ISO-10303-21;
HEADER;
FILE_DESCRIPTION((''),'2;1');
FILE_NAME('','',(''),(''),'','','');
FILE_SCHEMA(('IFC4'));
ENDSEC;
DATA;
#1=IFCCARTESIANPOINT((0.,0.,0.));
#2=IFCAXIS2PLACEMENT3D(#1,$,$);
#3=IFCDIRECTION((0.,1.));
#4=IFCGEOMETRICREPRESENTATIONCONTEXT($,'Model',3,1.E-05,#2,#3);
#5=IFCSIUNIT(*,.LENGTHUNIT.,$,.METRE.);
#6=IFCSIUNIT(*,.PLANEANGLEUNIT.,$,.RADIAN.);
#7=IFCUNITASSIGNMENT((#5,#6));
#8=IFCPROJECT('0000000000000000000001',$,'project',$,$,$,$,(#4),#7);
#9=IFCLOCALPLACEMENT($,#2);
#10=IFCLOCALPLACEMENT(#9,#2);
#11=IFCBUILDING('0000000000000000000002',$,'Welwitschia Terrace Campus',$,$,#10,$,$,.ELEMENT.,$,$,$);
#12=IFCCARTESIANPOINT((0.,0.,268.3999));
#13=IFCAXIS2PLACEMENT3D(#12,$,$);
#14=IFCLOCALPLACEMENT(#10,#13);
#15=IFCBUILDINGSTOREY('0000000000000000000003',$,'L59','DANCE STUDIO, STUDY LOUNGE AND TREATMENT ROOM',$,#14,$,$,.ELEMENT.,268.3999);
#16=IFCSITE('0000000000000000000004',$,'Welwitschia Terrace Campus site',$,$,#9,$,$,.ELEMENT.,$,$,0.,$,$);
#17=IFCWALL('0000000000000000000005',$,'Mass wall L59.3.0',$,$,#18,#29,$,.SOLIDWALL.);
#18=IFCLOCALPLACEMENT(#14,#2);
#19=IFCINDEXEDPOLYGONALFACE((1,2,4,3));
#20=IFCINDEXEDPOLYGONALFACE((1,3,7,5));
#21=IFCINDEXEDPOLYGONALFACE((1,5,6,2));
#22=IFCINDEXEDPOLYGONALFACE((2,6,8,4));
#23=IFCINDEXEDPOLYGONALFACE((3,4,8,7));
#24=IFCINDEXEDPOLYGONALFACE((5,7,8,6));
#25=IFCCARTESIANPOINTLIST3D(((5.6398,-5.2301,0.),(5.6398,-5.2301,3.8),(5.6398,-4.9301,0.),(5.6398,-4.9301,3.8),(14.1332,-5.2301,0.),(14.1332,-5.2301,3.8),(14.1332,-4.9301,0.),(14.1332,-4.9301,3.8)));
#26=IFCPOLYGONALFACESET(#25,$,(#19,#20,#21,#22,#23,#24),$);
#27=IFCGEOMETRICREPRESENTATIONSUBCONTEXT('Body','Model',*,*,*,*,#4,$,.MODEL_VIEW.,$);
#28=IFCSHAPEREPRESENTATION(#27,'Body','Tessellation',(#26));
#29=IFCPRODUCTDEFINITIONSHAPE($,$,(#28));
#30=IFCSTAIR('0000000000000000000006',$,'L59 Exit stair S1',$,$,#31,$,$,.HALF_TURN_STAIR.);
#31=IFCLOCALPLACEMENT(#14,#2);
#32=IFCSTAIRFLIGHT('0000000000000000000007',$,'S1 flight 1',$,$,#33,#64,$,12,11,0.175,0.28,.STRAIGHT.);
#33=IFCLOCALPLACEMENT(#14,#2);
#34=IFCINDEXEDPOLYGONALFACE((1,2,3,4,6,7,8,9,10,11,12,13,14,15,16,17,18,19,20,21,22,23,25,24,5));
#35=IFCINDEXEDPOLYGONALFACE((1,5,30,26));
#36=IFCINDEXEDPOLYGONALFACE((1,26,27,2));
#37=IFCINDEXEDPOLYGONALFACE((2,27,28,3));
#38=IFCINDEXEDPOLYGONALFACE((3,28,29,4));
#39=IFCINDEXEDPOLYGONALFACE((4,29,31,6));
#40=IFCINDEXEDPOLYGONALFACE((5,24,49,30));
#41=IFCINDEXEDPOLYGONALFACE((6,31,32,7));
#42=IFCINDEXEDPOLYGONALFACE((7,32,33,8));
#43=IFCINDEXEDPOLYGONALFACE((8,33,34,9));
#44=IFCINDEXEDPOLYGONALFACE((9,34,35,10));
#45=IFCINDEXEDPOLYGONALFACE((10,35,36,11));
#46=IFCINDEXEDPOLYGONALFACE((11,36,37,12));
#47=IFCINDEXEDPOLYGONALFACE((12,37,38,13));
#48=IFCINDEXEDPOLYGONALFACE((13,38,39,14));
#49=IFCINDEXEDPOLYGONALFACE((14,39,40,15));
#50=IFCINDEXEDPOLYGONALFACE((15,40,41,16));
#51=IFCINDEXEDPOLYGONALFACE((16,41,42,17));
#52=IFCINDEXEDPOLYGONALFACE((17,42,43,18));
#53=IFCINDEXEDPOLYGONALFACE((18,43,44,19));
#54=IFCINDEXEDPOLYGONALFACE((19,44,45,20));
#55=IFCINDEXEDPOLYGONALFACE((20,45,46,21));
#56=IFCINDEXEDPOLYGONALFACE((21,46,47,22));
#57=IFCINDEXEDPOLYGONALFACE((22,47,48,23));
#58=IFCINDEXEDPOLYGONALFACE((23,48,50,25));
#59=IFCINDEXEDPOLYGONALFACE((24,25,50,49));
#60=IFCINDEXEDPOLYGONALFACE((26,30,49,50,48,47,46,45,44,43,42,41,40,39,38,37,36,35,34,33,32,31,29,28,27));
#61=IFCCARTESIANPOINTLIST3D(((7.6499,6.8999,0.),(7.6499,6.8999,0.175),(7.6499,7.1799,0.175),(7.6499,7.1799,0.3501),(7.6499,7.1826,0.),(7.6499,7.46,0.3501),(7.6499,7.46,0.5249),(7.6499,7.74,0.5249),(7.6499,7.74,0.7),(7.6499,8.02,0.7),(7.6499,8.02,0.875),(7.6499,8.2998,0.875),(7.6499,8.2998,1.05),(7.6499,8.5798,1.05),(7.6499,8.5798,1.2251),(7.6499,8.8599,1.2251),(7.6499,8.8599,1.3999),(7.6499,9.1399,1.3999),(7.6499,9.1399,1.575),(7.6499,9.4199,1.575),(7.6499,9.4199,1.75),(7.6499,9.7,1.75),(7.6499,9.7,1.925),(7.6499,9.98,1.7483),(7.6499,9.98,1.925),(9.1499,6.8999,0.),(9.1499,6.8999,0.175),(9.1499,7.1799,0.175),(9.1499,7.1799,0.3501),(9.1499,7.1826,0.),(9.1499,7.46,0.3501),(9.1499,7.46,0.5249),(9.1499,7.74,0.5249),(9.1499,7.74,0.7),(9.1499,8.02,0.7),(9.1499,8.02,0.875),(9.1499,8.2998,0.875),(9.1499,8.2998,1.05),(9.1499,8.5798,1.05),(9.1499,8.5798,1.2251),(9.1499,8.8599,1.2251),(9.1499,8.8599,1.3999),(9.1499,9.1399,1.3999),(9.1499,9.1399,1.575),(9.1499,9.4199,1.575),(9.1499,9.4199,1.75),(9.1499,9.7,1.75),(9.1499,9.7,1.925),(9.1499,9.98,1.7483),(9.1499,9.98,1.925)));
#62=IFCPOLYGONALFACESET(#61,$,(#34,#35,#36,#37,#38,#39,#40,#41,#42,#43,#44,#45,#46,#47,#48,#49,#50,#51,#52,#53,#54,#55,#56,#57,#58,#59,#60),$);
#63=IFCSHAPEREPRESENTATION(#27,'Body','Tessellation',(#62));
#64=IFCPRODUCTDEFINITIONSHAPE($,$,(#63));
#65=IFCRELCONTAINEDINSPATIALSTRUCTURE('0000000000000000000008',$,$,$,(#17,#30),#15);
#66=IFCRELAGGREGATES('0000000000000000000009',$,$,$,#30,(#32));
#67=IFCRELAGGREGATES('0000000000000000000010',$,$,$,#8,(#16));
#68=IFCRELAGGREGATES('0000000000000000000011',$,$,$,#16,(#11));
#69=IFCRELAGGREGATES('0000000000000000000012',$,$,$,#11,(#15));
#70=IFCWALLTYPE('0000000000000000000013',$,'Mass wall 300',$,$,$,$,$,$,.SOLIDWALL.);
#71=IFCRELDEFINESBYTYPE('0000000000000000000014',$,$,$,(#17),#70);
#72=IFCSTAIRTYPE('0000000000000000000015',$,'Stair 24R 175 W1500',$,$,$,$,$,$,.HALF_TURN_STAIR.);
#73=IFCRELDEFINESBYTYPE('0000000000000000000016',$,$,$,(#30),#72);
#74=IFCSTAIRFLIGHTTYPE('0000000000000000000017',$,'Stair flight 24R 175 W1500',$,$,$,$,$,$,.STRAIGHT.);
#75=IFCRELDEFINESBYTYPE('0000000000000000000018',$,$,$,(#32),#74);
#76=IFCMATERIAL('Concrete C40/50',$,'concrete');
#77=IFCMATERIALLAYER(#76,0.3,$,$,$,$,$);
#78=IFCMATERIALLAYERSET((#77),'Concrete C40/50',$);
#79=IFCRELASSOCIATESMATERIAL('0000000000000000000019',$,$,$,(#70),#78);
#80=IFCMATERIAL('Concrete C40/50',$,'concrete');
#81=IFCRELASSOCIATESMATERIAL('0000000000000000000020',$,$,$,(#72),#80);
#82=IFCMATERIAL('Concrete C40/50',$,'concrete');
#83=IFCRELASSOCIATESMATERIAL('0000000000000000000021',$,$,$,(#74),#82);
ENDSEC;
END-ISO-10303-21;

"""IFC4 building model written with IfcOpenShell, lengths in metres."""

from ifc_helpers import new_model, si_unit, direction, frame, frame_2d, origin, place, context, subcontext, project, spatial, polyline, rectangle, outline, extrude, material, layer, layer_set, type_object, element, aggregate, save


model = new_model("IFC4")

# Units and contexts
model_context = context("Model", 3, precision=1e-05, world=origin(), true_north=direction((0.0, 1.0)))
body_context = subcontext(model_context, "Body", "Model", "MODEL_VIEW")
ifc_project = project(units=[si_unit("LENGTHUNIT", "METRE"), si_unit("PLANEANGLEUNIT", "RADIAN")], contexts=[model_context])

# Site, building, storey
site_placement = place(None, origin())
site = spatial("IfcSite", under=ifc_project, at=site_placement, Name="Welwitschia Terrace Campus site", CompositionType="ELEMENT", RefElevation=0.0)
building_placement = place(site_placement, origin())
building = spatial("IfcBuilding", under=site, at=building_placement, Name="Welwitschia Terrace Campus", CompositionType="ELEMENT")
storey_placement = place(building_placement, frame((0.0, 0.0, 268.3999)))
storey = spatial("IfcBuildingStorey", under=building, at=storey_placement, Name="L59", Description="DANCE STUDIO, STUDY LOUNGE AND TREATMENT ROOM", CompositionType="ELEMENT", Elevation=268.3999)

# Wall
ifc_material_1 = material(Name="Concrete C40/50", Category="concrete")
ifc_layer_1 = layer(ifc_material_1, 0.3)
ifc_layer_set_1 = layer_set([ifc_layer_1], Name="Concrete C40/50")
wall_type_1 = type_object("IfcWallType", Name="Mass wall 300", PredefinedType="SOLIDWALL", material=ifc_layer_set_1)
wall_1_placement = place(storey_placement, frame((5.6399, -5.0801, 0.0), z_axis=(0.0, 0.0, 1.0), x_axis=(1.0, 0.0, 0.0)))
element("IfcWall", 1, at=wall_1_placement, inside=storey, type_object=wall_type_1, Name="Mass wall L59.3.0", PredefinedType="SOLIDWALL", context=body_context, shape_type="SweptSolid", body=[
    extrude(rectangle(XDim=8.4934, YDim=0.3, at=frame_2d((4.2466, 0.0))), origin(), (0.0, 0.0, 1.0), 3.8),
])

# Stair, stair flight
ifc_material_2 = material(Name="Concrete C40/50", Category="concrete")
stair_type = type_object("IfcStairType", Name="Stair 24R 175 W1500", PredefinedType="HALF_TURN_STAIR", material=ifc_material_2)
stair_placement = place(storey_placement, origin())
stair = element("IfcStair", 2, at=stair_placement, inside=storey, type_object=stair_type, Name="L59 Exit stair S1", PredefinedType="HALF_TURN_STAIR")
ifc_material_3 = material(Name="Concrete C40/50", Category="concrete")
stair_flight_type = type_object("IfcStairFlightType", Name="Stair flight 24R 175 W1500", PredefinedType="STRAIGHT", material=ifc_material_3)
stair_flight_placement = place(storey_placement, frame((8.3999, 6.8999, 0.0), z_axis=(0.0, 0.0, 1.0), x_axis=(0.0, 1.0, 0.0)))
stair_flight = element("IfcStairFlight", 3, at=stair_flight_placement, type_object=stair_flight_type, Name="S1 flight 1", NumberOfRisers=12, NumberOfTreads=11, PredefinedType="STRAIGHT", RiserHeight=0.175, TreadLength=0.28, context=body_context, shape_type="SweptSolid", body=[
    extrude(outline(polyline([(0.0, 0.0), (0.0, 0.175), (0.28, 0.175), (0.28, 0.3501), (0.5601, 0.3501), (0.5601, 0.5249), (0.8401, 0.5249), (0.8401, 0.7), (1.1201, 0.7), (1.1201, 0.875), (1.3999, 0.875), (1.3999, 1.05), (1.6799, 1.05), (1.6799, 1.2251), (1.96, 1.2251), (1.96, 1.3999), (2.24, 1.3999), (2.24, 1.575), (2.52, 1.575), (2.52, 1.75), (2.8, 1.75), (2.8, 1.925), (3.0801, 1.925), (3.0801, 2.1001), (3.0801, 1.7483), (0.2827, 0.0), (0.0, 0.0)])), frame((0.0, 0.75, 0.0), z_axis=(0.0, -1.0, 0.0), x_axis=(1.0, 0.0, 0.0)), (0.0, 0.0, 1.0), 1.5),
])
aggregate(stair, [stair_flight])

save(model, "model.ifc")
